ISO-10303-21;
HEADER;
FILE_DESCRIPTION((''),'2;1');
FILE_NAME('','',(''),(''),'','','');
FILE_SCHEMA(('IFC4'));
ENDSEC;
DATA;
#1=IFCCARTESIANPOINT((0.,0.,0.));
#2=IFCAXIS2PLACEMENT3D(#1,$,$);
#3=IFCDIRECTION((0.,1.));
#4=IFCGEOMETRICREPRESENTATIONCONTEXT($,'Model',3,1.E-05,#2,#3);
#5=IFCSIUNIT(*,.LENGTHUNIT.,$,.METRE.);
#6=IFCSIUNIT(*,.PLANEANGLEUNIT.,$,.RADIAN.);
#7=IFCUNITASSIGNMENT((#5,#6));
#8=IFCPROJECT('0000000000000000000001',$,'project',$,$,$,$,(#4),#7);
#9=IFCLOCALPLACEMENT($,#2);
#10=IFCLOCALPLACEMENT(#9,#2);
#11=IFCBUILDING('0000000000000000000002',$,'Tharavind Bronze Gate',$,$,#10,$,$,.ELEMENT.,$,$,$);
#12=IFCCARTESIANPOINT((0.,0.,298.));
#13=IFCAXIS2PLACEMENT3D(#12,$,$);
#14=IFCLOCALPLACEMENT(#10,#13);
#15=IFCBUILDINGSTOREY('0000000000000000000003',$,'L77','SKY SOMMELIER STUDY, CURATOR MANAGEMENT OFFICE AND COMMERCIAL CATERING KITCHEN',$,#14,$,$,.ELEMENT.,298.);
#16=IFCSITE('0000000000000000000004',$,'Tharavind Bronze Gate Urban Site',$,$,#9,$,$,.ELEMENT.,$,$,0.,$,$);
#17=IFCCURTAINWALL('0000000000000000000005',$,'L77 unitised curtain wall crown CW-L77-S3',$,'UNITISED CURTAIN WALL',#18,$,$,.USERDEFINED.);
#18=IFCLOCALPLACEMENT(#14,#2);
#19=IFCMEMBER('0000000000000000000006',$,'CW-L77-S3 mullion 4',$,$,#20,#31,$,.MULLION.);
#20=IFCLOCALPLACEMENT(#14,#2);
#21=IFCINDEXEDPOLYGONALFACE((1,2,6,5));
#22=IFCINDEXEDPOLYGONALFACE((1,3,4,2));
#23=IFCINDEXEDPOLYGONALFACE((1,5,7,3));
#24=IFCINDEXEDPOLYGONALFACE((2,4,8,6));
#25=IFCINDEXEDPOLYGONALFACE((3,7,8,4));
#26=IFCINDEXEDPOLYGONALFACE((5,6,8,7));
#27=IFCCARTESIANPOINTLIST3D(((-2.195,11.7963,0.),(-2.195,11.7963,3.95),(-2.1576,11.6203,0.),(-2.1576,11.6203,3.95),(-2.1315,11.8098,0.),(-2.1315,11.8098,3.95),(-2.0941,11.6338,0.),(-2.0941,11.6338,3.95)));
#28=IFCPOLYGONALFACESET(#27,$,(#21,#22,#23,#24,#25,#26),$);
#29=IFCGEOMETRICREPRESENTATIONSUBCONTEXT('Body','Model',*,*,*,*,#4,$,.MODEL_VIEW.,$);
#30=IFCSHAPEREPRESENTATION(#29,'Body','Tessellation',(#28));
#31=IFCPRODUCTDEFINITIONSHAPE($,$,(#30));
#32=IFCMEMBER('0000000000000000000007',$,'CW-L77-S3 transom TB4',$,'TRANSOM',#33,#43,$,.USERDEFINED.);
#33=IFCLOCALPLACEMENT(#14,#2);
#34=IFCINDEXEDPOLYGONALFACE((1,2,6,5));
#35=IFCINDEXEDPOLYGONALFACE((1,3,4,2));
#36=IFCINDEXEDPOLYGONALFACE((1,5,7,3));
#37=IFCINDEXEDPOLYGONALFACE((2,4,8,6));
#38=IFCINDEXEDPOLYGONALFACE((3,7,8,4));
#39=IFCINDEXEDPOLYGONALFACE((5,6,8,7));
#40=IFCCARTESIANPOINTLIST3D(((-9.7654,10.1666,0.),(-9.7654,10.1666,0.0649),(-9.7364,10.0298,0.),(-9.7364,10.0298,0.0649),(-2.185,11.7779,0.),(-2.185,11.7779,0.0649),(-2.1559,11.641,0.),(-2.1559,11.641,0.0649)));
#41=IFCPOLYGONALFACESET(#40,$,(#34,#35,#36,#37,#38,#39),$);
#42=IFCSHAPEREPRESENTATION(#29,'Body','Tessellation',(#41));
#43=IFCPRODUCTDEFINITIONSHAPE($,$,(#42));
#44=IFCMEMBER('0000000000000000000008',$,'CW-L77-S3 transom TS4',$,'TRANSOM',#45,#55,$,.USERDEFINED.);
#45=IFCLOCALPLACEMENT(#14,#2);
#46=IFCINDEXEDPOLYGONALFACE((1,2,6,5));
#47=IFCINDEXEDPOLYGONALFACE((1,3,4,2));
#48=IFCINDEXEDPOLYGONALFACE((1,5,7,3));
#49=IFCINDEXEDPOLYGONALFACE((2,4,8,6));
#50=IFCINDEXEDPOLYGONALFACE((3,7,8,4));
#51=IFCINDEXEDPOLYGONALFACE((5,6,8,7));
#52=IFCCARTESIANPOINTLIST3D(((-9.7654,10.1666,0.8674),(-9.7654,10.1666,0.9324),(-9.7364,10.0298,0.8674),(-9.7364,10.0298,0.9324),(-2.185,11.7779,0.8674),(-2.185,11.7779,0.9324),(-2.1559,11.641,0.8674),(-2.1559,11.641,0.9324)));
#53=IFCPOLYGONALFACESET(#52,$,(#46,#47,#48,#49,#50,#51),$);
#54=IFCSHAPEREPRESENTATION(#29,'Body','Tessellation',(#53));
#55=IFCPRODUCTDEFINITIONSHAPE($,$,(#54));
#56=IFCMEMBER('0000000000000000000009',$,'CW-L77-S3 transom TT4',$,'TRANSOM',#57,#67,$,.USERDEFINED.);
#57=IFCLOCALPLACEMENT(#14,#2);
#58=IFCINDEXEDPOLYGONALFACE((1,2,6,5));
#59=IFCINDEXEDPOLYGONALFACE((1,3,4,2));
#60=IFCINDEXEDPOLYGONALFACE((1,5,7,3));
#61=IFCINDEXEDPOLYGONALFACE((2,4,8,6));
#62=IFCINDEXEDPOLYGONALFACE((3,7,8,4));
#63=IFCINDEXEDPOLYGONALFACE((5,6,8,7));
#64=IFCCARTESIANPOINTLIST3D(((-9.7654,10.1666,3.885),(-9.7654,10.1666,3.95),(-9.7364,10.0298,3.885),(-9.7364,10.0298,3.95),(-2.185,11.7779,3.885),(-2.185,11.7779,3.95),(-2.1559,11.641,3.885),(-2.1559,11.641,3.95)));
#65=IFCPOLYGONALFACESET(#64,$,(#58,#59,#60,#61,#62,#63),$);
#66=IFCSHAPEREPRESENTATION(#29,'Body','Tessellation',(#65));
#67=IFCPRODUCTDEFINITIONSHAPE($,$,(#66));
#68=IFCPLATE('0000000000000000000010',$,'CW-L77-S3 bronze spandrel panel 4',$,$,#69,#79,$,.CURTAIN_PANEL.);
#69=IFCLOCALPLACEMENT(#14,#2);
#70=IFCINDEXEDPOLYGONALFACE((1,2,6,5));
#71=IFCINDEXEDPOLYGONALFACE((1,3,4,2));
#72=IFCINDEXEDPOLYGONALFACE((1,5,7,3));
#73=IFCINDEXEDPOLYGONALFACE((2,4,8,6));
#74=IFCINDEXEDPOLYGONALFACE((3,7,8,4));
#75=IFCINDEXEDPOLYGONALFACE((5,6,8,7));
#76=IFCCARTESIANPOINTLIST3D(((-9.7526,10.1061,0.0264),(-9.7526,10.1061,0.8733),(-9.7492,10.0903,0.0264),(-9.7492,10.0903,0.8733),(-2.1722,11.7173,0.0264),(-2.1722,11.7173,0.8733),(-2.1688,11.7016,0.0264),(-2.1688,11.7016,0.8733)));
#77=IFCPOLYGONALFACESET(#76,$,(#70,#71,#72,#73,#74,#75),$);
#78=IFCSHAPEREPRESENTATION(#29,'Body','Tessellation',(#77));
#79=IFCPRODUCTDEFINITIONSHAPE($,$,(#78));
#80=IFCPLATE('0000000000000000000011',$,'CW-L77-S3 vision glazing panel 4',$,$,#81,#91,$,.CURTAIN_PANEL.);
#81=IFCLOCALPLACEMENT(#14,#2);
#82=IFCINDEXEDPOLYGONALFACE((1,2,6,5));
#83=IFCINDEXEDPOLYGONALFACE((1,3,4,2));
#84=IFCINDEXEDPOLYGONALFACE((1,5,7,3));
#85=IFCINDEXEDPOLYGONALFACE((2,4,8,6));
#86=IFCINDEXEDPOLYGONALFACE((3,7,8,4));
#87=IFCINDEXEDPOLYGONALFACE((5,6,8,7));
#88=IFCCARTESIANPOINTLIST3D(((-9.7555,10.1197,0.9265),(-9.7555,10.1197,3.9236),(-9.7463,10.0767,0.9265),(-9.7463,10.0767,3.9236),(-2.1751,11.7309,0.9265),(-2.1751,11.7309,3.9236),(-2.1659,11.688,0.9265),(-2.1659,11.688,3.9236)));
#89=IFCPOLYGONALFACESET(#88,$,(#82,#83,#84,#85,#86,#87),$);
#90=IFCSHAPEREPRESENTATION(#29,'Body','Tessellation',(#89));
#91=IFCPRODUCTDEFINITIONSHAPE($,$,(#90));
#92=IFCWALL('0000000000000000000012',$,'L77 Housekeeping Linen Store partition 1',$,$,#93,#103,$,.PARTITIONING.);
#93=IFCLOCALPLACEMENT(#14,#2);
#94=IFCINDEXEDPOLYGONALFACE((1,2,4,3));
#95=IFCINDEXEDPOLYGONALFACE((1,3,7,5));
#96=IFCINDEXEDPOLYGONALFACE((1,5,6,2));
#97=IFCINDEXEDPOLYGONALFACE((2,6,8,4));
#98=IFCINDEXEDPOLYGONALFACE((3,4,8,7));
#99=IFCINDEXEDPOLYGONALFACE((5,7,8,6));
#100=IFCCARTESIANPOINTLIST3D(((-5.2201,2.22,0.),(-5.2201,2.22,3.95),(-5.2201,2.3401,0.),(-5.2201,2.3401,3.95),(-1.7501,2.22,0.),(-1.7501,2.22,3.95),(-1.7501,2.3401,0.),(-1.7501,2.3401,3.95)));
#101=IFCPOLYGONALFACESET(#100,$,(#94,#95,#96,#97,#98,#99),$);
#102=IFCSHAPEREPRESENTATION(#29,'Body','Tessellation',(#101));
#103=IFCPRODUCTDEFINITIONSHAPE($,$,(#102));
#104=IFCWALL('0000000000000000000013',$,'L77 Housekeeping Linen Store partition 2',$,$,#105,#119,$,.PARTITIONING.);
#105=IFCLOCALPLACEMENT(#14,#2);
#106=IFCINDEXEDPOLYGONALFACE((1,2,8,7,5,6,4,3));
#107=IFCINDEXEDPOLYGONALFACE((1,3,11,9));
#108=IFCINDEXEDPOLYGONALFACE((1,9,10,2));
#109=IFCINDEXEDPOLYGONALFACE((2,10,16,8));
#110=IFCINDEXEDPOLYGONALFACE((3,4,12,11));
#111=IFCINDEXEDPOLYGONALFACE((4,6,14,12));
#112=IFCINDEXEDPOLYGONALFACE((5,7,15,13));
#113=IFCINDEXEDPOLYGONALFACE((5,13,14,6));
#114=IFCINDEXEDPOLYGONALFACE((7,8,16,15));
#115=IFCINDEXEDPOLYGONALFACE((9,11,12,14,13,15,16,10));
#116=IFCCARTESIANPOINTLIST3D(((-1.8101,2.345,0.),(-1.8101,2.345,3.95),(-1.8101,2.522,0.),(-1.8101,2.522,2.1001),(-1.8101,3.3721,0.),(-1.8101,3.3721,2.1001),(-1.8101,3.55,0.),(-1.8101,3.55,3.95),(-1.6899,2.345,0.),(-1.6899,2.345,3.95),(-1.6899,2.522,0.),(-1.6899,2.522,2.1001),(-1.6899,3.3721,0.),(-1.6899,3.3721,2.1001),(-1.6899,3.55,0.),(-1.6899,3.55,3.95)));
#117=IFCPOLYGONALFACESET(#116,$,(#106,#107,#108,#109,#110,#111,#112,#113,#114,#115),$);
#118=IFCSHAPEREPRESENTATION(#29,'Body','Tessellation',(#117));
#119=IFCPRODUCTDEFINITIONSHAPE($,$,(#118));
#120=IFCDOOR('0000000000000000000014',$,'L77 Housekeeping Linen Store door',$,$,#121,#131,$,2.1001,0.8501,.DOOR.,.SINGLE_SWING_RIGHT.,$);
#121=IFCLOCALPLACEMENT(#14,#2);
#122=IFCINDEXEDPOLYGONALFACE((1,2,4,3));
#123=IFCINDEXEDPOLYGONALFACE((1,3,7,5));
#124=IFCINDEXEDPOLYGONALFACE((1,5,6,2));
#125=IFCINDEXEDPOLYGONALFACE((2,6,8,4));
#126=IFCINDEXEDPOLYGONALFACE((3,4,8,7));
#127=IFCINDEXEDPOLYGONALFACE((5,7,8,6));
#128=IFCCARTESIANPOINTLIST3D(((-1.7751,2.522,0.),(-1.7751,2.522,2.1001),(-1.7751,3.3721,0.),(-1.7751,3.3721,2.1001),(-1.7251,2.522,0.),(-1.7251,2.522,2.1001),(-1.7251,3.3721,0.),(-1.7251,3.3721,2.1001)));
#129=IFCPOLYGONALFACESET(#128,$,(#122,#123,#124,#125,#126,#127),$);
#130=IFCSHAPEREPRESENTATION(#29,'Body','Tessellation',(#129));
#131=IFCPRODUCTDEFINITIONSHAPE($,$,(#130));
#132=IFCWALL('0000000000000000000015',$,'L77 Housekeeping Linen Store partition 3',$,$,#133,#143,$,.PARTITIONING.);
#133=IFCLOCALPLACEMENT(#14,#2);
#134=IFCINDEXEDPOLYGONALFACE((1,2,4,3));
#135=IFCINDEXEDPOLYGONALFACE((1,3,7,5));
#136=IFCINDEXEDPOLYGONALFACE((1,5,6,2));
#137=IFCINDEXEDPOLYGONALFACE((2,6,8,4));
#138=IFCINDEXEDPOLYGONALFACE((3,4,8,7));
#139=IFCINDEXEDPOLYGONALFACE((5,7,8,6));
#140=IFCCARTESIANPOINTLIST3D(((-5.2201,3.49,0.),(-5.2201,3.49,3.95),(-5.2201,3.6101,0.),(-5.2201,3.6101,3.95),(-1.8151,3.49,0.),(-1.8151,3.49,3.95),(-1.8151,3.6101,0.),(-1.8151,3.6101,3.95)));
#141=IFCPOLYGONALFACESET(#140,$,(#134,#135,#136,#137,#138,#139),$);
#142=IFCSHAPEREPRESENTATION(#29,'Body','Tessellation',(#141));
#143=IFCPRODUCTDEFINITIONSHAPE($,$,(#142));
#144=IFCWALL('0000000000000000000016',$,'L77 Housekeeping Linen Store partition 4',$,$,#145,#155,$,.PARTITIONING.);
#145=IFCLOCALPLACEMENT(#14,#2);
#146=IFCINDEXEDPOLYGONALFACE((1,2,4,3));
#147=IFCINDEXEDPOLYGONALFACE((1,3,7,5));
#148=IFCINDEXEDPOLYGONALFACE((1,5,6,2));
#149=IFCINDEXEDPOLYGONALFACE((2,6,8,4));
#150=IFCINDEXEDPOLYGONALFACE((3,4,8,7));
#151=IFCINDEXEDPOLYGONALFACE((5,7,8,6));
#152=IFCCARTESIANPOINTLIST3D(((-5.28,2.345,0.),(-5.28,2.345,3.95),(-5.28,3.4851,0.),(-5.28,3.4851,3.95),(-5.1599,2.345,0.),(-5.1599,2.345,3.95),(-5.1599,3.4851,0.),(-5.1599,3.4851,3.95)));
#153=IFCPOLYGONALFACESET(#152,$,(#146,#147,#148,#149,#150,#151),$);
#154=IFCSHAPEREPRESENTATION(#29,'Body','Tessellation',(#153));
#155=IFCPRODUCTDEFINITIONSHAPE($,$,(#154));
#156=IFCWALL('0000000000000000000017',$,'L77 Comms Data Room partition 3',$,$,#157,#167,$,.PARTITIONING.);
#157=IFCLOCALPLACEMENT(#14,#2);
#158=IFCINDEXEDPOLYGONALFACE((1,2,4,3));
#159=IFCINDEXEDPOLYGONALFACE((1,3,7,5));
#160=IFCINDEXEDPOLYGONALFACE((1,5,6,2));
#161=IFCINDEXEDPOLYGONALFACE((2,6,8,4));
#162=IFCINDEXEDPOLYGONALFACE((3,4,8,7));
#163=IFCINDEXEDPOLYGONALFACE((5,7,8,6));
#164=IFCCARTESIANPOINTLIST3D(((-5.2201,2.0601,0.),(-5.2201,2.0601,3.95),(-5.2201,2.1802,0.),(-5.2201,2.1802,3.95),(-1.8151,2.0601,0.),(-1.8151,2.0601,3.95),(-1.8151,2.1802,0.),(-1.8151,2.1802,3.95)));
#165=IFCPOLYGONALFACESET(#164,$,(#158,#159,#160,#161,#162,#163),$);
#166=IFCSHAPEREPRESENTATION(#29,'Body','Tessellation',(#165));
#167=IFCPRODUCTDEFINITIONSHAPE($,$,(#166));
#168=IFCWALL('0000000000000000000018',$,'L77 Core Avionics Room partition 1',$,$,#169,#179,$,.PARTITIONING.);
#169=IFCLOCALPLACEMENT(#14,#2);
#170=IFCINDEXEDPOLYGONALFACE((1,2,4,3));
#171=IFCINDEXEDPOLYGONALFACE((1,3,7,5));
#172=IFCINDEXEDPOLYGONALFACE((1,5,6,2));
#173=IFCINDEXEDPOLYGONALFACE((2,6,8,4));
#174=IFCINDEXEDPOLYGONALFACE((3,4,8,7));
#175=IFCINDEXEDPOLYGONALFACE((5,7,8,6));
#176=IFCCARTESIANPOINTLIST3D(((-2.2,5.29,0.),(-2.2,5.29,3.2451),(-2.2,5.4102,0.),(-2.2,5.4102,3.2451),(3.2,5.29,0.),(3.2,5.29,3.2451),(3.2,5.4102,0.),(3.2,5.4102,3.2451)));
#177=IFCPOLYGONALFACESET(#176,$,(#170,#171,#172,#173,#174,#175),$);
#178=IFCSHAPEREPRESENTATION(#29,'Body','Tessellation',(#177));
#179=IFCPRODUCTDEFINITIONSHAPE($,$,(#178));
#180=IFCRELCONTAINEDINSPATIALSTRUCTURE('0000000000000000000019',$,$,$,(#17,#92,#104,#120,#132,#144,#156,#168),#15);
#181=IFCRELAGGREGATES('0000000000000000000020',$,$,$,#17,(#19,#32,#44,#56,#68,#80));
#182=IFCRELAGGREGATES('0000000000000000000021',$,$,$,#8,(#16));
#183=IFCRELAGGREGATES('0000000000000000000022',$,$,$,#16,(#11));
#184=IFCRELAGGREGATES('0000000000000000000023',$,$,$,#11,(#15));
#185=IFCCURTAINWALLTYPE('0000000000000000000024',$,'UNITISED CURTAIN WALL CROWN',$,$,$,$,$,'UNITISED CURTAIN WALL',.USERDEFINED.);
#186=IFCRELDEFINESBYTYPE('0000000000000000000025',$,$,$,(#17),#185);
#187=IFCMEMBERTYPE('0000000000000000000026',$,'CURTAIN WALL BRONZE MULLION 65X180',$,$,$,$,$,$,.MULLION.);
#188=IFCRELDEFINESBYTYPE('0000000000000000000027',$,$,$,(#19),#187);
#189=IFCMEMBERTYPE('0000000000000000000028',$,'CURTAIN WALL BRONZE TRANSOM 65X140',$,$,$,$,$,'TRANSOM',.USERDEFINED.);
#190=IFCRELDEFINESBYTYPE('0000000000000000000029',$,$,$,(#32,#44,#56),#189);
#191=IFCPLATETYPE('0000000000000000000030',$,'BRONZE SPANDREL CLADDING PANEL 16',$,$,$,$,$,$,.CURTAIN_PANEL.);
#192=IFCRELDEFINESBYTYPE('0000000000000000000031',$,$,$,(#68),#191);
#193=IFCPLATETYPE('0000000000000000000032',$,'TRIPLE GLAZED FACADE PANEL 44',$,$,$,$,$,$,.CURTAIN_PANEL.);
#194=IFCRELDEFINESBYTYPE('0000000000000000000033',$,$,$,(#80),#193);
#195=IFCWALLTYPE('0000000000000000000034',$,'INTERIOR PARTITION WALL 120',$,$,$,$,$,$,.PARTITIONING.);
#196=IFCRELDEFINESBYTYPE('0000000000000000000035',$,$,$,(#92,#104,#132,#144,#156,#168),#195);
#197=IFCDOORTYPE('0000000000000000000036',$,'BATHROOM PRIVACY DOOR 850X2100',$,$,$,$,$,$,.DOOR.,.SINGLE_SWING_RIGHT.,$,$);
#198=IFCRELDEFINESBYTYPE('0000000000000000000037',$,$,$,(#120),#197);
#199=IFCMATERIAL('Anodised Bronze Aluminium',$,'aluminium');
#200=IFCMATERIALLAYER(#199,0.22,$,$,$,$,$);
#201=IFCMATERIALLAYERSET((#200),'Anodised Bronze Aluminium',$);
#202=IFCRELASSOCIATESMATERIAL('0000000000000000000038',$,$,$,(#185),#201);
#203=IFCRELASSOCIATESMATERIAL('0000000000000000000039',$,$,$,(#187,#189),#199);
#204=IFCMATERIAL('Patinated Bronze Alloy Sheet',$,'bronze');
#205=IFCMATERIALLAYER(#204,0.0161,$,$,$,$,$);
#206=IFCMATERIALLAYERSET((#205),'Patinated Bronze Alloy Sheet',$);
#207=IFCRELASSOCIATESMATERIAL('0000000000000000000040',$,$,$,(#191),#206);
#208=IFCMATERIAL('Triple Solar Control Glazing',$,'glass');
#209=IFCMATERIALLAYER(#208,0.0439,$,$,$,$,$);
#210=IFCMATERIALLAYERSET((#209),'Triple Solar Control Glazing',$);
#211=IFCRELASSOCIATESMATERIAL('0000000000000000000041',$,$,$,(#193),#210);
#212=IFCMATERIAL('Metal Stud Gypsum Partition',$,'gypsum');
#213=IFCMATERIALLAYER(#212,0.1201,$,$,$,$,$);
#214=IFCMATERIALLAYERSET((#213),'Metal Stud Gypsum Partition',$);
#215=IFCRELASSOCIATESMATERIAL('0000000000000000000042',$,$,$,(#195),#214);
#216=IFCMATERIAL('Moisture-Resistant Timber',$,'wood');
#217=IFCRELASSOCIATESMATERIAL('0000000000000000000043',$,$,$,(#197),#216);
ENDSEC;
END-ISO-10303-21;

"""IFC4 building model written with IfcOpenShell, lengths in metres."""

from ifc_helpers import new_model, si_unit, direction, frame, frame_2d, origin, origin_2d, place, context, subcontext, project, spatial, rectangle, extrude, material, layer, layer_set, type_object, element, fill, aggregate, save


model = new_model("IFC4")

# Units and contexts
model_context = context("Model", 3, precision=1e-05, world=origin(), true_north=direction((0.0, 1.0)))
body_context = subcontext(model_context, "Body", "Model", "MODEL_VIEW")
ifc_project = project(units=[si_unit("LENGTHUNIT", "METRE"), si_unit("PLANEANGLEUNIT", "RADIAN")], contexts=[model_context])

# Site, building, storey
site_placement = place(None, origin())
site = spatial("IfcSite", under=ifc_project, at=site_placement, Name="Tharavind Bronze Gate Urban Site", CompositionType="ELEMENT", RefElevation=0.0)
building_placement = place(site_placement, origin())
building = spatial("IfcBuilding", under=site, at=building_placement, Name="Tharavind Bronze Gate", CompositionType="ELEMENT")
storey_placement = place(building_placement, frame((0.0, 0.0, 298.0)))
storey = spatial("IfcBuildingStorey", under=building, at=storey_placement, Name="L77", Description="SKY SOMMELIER STUDY, CURATOR MANAGEMENT OFFICE AND COMMERCIAL CATERING KITCHEN", CompositionType="ELEMENT", Elevation=298.0)

# Curtain wall, members, plates
ifc_material_1 = material(Name="Anodised Bronze Aluminium", Category="aluminium")
ifc_layer_1 = layer(ifc_material_1, 0.22)
ifc_layer_set_1 = layer_set([ifc_layer_1], Name="Anodised Bronze Aluminium")
curtain_wall_type = type_object("IfcCurtainWallType", Name="UNITISED CURTAIN WALL CROWN", ElementType="UNITISED CURTAIN WALL", PredefinedType="USERDEFINED", material=ifc_layer_set_1)
curtain_wall_placement = place(storey_placement, origin())
curtain_wall = element("IfcCurtainWall", 1, at=curtain_wall_placement, inside=storey, type_object=curtain_wall_type, Name="L77 unitised curtain wall crown CW-L77-S3", ObjectType="UNITISED CURTAIN WALL", PredefinedType="USERDEFINED")
member_type_1 = type_object("IfcMemberType", Name="CURTAIN WALL BRONZE MULLION 65X180", PredefinedType="MULLION", material=ifc_material_1)
member_1_placement = place(storey_placement, frame((-2.1445, 11.7151, 0.0), z_axis=(0.0, 0.0, 1.0), x_axis=(-0.978147, -0.207913, 0.0)))
member_1 = element("IfcMember", 2, at=member_1_placement, type_object=member_type_1, Name="CW-L77-S3 mullion 4", PredefinedType="MULLION", context=body_context, shape_type="SweptSolid", body=[
    extrude(rectangle(XDim=0.0649, YDim=0.1799, at=origin_2d()), origin(), (0.0, 0.0, 1.0), 3.95),
])
member_type_2 = type_object("IfcMemberType", Name="CURTAIN WALL BRONZE TRANSOM 65X140", ElementType="TRANSOM", PredefinedType="USERDEFINED", material=ifc_material_1)
member_2_placement = place(storey_placement, frame((-5.9607, 10.9038, 0.0), z_axis=(0.0, 0.0, 1.0), x_axis=(-0.978147, -0.207913, 0.0)))
member_2 = element("IfcMember", 3, at=member_2_placement, type_object=member_type_2, Name="CW-L77-S3 transom TB4", ObjectType="TRANSOM", PredefinedType="USERDEFINED", context=body_context, shape_type="SweptSolid", body=[
    extrude(rectangle(XDim=7.7498, YDim=0.1399, at=origin_2d()), origin(), (0.0, 0.0, 1.0), 0.0649),
])
member_3_placement = place(storey_placement, frame((-5.9607, 10.9038, 0.8674), z_axis=(0.0, 0.0, 1.0), x_axis=(-0.978147, -0.207913, 0.0)))
member_3 = element("IfcMember", 4, at=member_3_placement, type_object=member_type_2, Name="CW-L77-S3 transom TS4", ObjectType="TRANSOM", PredefinedType="USERDEFINED", context=body_context, shape_type="SweptSolid", body=[
    extrude(rectangle(XDim=7.7498, YDim=0.1399, at=origin_2d()), origin(), (0.0, 0.0, 1.0), 0.0649),
])
member_4_placement = place(storey_placement, frame((-5.9607, 10.9038, 3.885), z_axis=(0.0, 0.0, 1.0), x_axis=(-0.978147, -0.207913, 0.0)))
member_4 = element("IfcMember", 5, at=member_4_placement, type_object=member_type_2, Name="CW-L77-S3 transom TT4", ObjectType="TRANSOM", PredefinedType="USERDEFINED", context=body_context, shape_type="SweptSolid", body=[
    extrude(rectangle(XDim=7.7498, YDim=0.1399, at=origin_2d()), origin(), (0.0, 0.0, 1.0), 0.0649),
])
ifc_material_2 = material(Name="Patinated Bronze Alloy Sheet", Category="bronze")
ifc_layer_2 = layer(ifc_material_2, 0.0161)
ifc_layer_set_2 = layer_set([ifc_layer_2], Name="Patinated Bronze Alloy Sheet")
plate_type_1 = type_object("IfcPlateType", Name="BRONZE SPANDREL CLADDING PANEL 16", PredefinedType="CURTAIN_PANEL", material=ifc_layer_set_2)
plate_1_placement = place(storey_placement, frame((-5.9607, 10.9038, 0.0264), z_axis=(0.0, 0.0, 1.0), x_axis=(-0.978147, -0.207913, 0.0)))
plate_1 = element("IfcPlate", 6, at=plate_1_placement, type_object=plate_type_1, Name="CW-L77-S3 bronze spandrel panel 4", PredefinedType="CURTAIN_PANEL", context=body_context, shape_type="SweptSolid", body=[
    extrude(rectangle(XDim=7.7498, YDim=0.0161, at=origin_2d()), origin(), (0.0, 0.0, 1.0), 0.8469),
])
ifc_material_3 = material(Name="Triple Solar Control Glazing", Category="glass")
ifc_layer_3 = layer(ifc_material_3, 0.0439)
ifc_layer_set_3 = layer_set([ifc_layer_3], Name="Triple Solar Control Glazing")
plate_type_2 = type_object("IfcPlateType", Name="TRIPLE GLAZED FACADE PANEL 44", PredefinedType="CURTAIN_PANEL", material=ifc_layer_set_3)
plate_2_placement = place(storey_placement, frame((-5.9607, 10.9038, 0.9265), z_axis=(0.0, 0.0, 1.0), x_axis=(-0.978147, -0.207913, 0.0)))
plate_2 = element("IfcPlate", 7, at=plate_2_placement, type_object=plate_type_2, Name="CW-L77-S3 vision glazing panel 4", PredefinedType="CURTAIN_PANEL", context=body_context, shape_type="SweptSolid", body=[
    extrude(rectangle(XDim=7.7498, YDim=0.0439, at=origin_2d()), origin(), (0.0, 0.0, 1.0), 2.9971),
])
aggregate(curtain_wall, [member_1, member_2, member_3, member_4, plate_1, plate_2])

# Wall
ifc_material_4 = material(Name="Metal Stud Gypsum Partition", Category="gypsum")
ifc_layer_4 = layer(ifc_material_4, 0.1201)
ifc_layer_set_4 = layer_set([ifc_layer_4], Name="Metal Stud Gypsum Partition")
wall_type_1 = type_object("IfcWallType", Name="INTERIOR PARTITION WALL 120", PredefinedType="PARTITIONING", material=ifc_layer_set_4)
wall_1_placement = place(storey_placement, frame((-5.22, 2.28, 0.0), z_axis=(0.0, 0.0, 1.0), x_axis=(1.0, 0.0, 0.0)))
element("IfcWall", 8, at=wall_1_placement, inside=storey, type_object=wall_type_1, Name="L77 Housekeeping Linen Store partition 1", PredefinedType="PARTITIONING", context=body_context, shape_type="SweptSolid", body=[
    extrude(rectangle(XDim=3.47, YDim=0.1201, at=frame_2d((1.7349, 0.0))), origin(), (0.0, 0.0, 1.0), 3.95),
])

# Wall, opening, door
wall_2_placement = place(storey_placement, frame((-1.75, 2.345, 0.0), z_axis=(0.0, 0.0, 1.0), x_axis=(0.0, 1.0, 0.0)))
wall_2 = element("IfcWall", 9, at=wall_2_placement, inside=storey, type_object=wall_type_1, Name="L77 Housekeeping Linen Store partition 2", PredefinedType="PARTITIONING", context=body_context, shape_type="SweptSolid", body=[
    extrude(rectangle(XDim=1.2051, YDim=0.1201, at=frame_2d((0.6025, 0.0))), origin(), (0.0, 0.0, 1.0), 3.95),
])
opening_placement = place(wall_2_placement, frame((0.177, 0.0, 0.0)))
opening = element("IfcOpeningElement", 10, at=opening_placement, cuts=wall_2, PredefinedType="OPENING", context=body_context, shape_type="SweptSolid", body=[
    extrude(rectangle(XDim=0.8501, YDim=2.1001, at=frame_2d((0.425, 1.05))), frame((0.0, 0.0701, 0.0), z_axis=(0.0, -1.0, 0.0), x_axis=(1.0, 0.0, 0.0)), (0.0, 0.0, 1.0), 0.1401),
])
ifc_material_5 = material(Name="Moisture-Resistant Timber", Category="wood")
door_type = type_object("IfcDoorType", Name="BATHROOM PRIVACY DOOR 850X2100", OperationType="SINGLE_SWING_RIGHT", PredefinedType="DOOR", material=ifc_material_5)
door_placement = place(opening_placement, frame((0.8501, 0.0, 0.0), z_axis=(0.0, 0.0, 1.0), x_axis=(-1.0, 0.0, 0.0)))
door = element("IfcDoor", 11, at=door_placement, inside=storey, type_object=door_type, Name="L77 Housekeeping Linen Store door", OperationType="SINGLE_SWING_RIGHT", OverallHeight=2.1001, OverallWidth=0.8501, PredefinedType="DOOR", context=body_context, shape_type="SweptSolid", body=[
    extrude(rectangle(XDim=0.8501, YDim=2.1001, at=frame_2d((0.425, 1.05))), frame((0.0, 0.0249, 0.0), z_axis=(0.0, -1.0, 0.0), x_axis=(1.0, 0.0, 0.0)), (0.0, 0.0, 1.0), 0.05),
])
fill(opening, door)

# Walls
wall_3_placement = place(storey_placement, frame((-1.8149, 3.55, 0.0), z_axis=(0.0, 0.0, 1.0), x_axis=(-1.0, 0.0, 0.0)))
element("IfcWall", 12, at=wall_3_placement, inside=storey, type_object=wall_type_1, Name="L77 Housekeeping Linen Store partition 3", PredefinedType="PARTITIONING", context=body_context, shape_type="SweptSolid", body=[
    extrude(rectangle(XDim=3.405, YDim=0.1201, at=frame_2d((1.7026, 0.0))), origin(), (0.0, 0.0, 1.0), 3.95),
])
wall_4_placement = place(storey_placement, frame((-5.22, 3.4851, 0.0), z_axis=(0.0, 0.0, 1.0), x_axis=(0.0, -1.0, 0.0)))
element("IfcWall", 13, at=wall_4_placement, inside=storey, type_object=wall_type_1, Name="L77 Housekeeping Linen Store partition 4", PredefinedType="PARTITIONING", context=body_context, shape_type="SweptSolid", body=[
    extrude(rectangle(XDim=1.1401, YDim=0.1201, at=frame_2d((0.5701, 0.0))), origin(), (0.0, 0.0, 1.0), 3.95),
])
wall_5_placement = place(storey_placement, frame((-1.8149, 2.1201, 0.0), z_axis=(0.0, 0.0, 1.0), x_axis=(-1.0, 0.0, 0.0)))
element("IfcWall", 14, at=wall_5_placement, inside=storey, type_object=wall_type_1, Name="L77 Comms Data Room partition 3", PredefinedType="PARTITIONING", context=body_context, shape_type="SweptSolid", body=[
    extrude(rectangle(XDim=3.405, YDim=0.1201, at=frame_2d((1.7026, 0.0))), origin(), (0.0, 0.0, 1.0), 3.95),
])
wall_6_placement = place(storey_placement, frame((-2.2, 5.3501, 0.0), z_axis=(0.0, 0.0, 1.0), x_axis=(1.0, 0.0, 0.0)))
element("IfcWall", 15, at=wall_6_placement, inside=storey, type_object=wall_type_1, Name="L77 Core Avionics Room partition 1", PredefinedType="PARTITIONING", context=body_context, shape_type="SweptSolid", body=[
    extrude(rectangle(XDim=5.3999, YDim=0.1201, at=frame_2d((2.7, 0.0))), origin(), (0.0, 0.0, 1.0), 3.2451),
])

save(model, "model.ifc")
